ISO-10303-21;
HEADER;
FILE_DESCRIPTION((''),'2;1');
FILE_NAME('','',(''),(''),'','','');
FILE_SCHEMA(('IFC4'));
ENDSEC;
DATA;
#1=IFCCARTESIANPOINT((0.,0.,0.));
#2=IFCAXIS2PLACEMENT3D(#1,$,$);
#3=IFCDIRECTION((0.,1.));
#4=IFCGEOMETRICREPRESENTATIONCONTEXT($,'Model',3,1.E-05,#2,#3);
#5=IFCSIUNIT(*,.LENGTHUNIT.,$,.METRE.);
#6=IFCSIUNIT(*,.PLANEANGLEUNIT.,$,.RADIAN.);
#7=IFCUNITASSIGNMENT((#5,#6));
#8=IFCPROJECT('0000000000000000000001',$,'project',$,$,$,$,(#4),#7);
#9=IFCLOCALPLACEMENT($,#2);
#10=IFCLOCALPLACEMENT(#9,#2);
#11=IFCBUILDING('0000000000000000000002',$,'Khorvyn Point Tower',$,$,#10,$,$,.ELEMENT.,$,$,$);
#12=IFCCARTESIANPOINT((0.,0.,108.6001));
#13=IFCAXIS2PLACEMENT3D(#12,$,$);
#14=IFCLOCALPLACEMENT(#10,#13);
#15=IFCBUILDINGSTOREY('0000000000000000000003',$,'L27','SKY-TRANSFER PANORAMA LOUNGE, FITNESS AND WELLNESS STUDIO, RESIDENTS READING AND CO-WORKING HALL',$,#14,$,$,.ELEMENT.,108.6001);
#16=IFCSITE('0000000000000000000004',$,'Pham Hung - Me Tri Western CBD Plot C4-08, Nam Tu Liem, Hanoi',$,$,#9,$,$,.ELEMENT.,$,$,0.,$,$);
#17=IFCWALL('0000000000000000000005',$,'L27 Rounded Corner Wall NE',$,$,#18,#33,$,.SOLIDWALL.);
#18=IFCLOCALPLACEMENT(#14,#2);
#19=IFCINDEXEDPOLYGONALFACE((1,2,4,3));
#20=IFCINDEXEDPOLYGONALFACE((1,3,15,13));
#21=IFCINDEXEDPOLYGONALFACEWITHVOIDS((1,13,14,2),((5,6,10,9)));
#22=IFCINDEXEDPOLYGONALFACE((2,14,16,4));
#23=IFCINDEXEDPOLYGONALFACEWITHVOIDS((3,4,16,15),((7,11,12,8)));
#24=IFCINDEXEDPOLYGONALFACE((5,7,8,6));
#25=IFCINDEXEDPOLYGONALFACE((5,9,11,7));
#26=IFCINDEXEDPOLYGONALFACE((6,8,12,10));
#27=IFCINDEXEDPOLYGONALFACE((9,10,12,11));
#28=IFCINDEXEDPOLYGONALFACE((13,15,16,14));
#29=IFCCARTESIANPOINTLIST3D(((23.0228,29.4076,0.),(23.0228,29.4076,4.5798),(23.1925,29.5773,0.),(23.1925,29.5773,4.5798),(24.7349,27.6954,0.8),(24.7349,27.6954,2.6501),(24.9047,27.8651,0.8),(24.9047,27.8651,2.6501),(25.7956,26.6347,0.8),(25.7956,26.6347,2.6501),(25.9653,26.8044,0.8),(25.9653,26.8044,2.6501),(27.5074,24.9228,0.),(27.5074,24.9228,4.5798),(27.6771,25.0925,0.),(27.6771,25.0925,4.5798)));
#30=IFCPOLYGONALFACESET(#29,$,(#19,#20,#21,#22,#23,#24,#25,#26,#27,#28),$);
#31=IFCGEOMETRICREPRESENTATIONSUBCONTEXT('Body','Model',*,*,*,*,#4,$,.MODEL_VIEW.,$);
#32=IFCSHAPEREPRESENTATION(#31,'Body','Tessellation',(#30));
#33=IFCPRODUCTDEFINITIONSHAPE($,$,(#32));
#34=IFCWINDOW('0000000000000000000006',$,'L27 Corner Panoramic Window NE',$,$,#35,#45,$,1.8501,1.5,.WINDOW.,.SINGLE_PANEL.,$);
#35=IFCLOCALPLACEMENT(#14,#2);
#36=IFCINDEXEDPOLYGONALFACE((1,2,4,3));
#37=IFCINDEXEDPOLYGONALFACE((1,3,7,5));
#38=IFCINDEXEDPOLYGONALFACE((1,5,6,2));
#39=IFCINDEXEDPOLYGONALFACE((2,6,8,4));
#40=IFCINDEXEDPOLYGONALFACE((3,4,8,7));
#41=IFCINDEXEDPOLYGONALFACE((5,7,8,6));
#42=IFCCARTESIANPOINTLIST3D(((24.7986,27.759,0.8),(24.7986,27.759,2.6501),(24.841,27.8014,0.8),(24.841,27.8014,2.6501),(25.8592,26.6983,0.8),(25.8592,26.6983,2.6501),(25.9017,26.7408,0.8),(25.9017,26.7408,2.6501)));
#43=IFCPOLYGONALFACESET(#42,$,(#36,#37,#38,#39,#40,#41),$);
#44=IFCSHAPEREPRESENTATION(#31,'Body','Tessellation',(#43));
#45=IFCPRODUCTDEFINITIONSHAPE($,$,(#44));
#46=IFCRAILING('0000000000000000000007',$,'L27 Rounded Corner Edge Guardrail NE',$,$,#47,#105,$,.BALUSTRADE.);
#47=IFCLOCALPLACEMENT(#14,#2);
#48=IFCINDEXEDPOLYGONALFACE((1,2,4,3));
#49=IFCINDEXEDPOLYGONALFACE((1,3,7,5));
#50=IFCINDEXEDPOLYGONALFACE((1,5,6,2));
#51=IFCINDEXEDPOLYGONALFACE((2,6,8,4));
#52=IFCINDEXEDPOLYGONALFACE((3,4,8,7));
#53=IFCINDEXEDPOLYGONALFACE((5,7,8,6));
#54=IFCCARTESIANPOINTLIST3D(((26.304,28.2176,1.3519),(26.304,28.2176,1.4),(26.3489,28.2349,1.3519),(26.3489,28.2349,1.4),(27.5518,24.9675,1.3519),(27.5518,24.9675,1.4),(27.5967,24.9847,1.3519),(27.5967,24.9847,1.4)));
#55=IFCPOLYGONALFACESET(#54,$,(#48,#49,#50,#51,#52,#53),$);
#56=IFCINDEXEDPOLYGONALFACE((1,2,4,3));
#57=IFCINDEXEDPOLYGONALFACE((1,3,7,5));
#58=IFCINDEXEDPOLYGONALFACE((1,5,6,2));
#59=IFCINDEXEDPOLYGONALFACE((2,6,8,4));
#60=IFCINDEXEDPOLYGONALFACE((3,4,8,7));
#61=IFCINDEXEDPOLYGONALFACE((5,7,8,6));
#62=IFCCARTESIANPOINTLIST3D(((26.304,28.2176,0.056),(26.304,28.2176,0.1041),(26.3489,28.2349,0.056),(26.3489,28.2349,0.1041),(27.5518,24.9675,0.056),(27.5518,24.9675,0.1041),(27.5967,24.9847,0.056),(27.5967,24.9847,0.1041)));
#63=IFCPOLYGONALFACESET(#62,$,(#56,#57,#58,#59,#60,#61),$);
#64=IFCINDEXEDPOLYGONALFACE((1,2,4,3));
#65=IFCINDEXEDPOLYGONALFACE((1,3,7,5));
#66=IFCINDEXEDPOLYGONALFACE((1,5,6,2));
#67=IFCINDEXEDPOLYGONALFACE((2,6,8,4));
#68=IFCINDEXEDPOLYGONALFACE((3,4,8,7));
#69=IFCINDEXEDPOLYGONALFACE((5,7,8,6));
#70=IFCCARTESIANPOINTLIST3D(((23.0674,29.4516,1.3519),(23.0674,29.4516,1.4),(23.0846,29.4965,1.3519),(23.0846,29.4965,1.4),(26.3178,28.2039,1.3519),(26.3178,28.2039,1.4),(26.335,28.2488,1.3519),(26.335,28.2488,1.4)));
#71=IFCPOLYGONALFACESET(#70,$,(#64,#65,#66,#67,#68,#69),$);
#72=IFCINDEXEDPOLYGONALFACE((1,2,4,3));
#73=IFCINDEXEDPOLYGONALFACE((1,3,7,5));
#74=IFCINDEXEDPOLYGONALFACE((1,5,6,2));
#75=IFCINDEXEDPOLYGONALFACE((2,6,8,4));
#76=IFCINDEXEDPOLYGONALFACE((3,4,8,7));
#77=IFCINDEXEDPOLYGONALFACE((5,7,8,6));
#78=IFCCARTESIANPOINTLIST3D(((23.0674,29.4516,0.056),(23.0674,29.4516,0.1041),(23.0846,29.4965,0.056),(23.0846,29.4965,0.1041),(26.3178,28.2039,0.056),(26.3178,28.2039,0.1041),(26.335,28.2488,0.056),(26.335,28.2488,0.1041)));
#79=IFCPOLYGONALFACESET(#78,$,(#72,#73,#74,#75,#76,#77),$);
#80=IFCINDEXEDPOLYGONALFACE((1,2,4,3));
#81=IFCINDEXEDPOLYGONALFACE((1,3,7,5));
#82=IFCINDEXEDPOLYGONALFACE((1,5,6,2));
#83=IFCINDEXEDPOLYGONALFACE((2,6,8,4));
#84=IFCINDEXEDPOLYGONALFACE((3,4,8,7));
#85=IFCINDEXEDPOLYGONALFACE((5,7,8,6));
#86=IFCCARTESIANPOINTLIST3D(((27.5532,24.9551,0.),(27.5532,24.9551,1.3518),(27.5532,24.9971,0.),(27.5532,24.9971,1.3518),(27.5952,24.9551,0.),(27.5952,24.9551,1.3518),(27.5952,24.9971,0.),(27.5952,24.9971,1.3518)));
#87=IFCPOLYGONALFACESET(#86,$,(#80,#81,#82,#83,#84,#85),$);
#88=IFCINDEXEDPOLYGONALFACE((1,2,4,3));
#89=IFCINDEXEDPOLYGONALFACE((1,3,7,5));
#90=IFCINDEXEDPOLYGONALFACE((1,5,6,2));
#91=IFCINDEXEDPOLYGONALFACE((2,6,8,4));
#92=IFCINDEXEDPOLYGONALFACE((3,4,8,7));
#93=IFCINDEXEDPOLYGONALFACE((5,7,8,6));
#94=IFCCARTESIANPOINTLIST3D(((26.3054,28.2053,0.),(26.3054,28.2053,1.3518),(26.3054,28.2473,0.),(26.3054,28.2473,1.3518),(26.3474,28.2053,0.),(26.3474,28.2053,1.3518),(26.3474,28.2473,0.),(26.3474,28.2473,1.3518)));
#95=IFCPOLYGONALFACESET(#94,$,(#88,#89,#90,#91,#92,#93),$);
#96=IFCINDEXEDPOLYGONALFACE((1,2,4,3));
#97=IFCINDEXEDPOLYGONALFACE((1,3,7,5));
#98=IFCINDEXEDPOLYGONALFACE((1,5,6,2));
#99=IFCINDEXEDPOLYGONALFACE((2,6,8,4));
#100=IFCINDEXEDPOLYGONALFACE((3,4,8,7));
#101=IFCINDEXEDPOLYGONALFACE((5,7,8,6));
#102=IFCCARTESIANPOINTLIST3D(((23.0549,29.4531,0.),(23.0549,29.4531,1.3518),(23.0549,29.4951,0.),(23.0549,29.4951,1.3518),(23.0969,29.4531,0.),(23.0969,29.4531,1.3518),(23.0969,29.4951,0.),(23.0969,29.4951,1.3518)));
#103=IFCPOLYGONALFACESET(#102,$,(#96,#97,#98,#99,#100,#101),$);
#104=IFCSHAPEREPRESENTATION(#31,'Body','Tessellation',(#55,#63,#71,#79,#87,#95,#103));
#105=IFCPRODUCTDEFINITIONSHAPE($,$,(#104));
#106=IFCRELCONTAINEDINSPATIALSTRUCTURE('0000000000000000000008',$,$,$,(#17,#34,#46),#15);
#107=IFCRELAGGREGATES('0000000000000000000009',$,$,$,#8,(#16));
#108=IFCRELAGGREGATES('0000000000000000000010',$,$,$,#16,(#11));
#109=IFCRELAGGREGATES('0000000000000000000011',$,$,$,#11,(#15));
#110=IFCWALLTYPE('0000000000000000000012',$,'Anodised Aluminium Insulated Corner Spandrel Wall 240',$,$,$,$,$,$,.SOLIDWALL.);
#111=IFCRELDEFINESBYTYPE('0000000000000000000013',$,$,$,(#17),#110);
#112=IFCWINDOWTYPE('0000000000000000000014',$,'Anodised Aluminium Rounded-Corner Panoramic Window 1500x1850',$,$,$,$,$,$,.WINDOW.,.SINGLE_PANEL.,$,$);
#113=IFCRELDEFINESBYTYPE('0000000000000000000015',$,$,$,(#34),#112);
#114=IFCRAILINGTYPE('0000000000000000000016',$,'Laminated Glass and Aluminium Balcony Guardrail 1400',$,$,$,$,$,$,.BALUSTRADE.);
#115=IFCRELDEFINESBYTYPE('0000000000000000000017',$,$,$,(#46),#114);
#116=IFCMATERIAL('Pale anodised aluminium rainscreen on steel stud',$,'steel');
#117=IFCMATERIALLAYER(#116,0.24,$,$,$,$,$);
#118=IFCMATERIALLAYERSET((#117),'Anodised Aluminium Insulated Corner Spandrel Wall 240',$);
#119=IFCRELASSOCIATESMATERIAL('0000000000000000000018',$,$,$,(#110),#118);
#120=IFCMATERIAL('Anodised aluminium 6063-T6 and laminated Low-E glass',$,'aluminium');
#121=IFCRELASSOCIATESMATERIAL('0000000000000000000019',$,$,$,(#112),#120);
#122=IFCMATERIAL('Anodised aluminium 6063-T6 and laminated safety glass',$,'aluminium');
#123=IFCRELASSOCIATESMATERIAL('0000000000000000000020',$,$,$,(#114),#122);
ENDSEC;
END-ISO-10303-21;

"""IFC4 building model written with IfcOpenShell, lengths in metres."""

from ifc_helpers import new_model, si_unit, direction, frame, frame_2d, origin, origin_2d, place, context, subcontext, project, spatial, rectangle, extrude, material, layer, layer_set, type_object, element, fill, save


model = new_model("IFC4")

# Units and contexts
model_context = context("Model", 3, precision=1e-05, world=origin(), true_north=direction((0.0, 1.0)))
body_context = subcontext(model_context, "Body", "Model", "MODEL_VIEW")
ifc_project = project(units=[si_unit("LENGTHUNIT", "METRE"), si_unit("PLANEANGLEUNIT", "RADIAN")], contexts=[model_context])

# Site, building, storey
site_placement = place(None, origin())
site = spatial("IfcSite", under=ifc_project, at=site_placement, Name="Pham Hung - Me Tri Western CBD Plot C4-08, Nam Tu Liem, Hanoi", CompositionType="ELEMENT", RefElevation=0.0)
building_placement = place(site_placement, origin())
building = spatial("IfcBuilding", under=site, at=building_placement, Name="Khorvyn Point Tower", CompositionType="ELEMENT")
storey_placement = place(building_placement, frame((0.0, 0.0, 108.6001)))
storey = spatial("IfcBuildingStorey", under=building, at=storey_placement, Name="L27", Description="SKY-TRANSFER PANORAMA LOUNGE, FITNESS AND WELLNESS STUDIO, RESIDENTS READING AND CO-WORKING HALL", CompositionType="ELEMENT", Elevation=108.6001)

# Shared definitions
ifc_material_1 = material(Name="Anodised aluminium 6063-T6 and laminated Low-E glass", Category="aluminium")

# Wall, opening, window
ifc_material_2 = material(Name="Pale anodised aluminium rainscreen on steel stud", Category="steel")
ifc_layer_1 = layer(ifc_material_2, 0.24)
ifc_layer_set_1 = layer_set([ifc_layer_1], Name="Anodised Aluminium Insulated Corner Spandrel Wall 240")
wall_type = type_object("IfcWallType", Name="Anodised Aluminium Insulated Corner Spandrel Wall 240", PredefinedType="SOLIDWALL", material=ifc_layer_set_1)
wall_placement = place(storey_placement, frame((23.1077, 29.4924, 0.0), z_axis=(0.0, 0.0, 1.0), x_axis=(0.707088, -0.707126, 0.0)))
wall = element("IfcWall", 1, at=wall_placement, inside=storey, type_object=wall_type, Name="L27 Rounded Corner Wall NE", PredefinedType="SOLIDWALL", context=body_context, shape_type="SweptSolid", body=[
    extrude(rectangle(XDim=6.3423, YDim=0.24, at=frame_2d((3.1711, 0.0))), origin(), (0.0, 0.0, 1.0), 4.5798),
])
opening_placement = place(wall_placement, frame((2.4214, 0.0, 0.8)))
opening = element("IfcOpeningElement", 2, at=opening_placement, cuts=wall, PredefinedType="OPENING", context=body_context, shape_type="SweptSolid", body=[
    extrude(rectangle(XDim=1.5, YDim=1.8501, at=frame_2d((0.75, 0.925))), frame((0.0, 0.1299, 0.0), z_axis=(0.0, -1.0, 0.0), x_axis=(1.0, 0.0, 0.0)), (0.0, 0.0, 1.0), 0.26),
])
window_type = type_object("IfcWindowType", Name="Anodised Aluminium Rounded-Corner Panoramic Window 1500x1850", PartitioningType="SINGLE_PANEL", PredefinedType="WINDOW", material=ifc_material_1)
window_placement = place(opening_placement, origin())
window = element("IfcWindow", 3, at=window_placement, inside=storey, type_object=window_type, Name="L27 Corner Panoramic Window NE", OverallHeight=1.8501, OverallWidth=1.5, PartitioningType="SINGLE_PANEL", PredefinedType="WINDOW", context=body_context, shape_type="SweptSolid", body=[
    extrude(rectangle(XDim=1.5, YDim=1.8501, at=frame_2d((0.75, 0.925))), frame((0.0, 0.03, 0.0), z_axis=(0.0, -1.0, 0.0), x_axis=(1.0, 0.0, 0.0)), (0.0, 0.0, 1.0), 0.0601),
])
fill(opening, window)

# Railing
ifc_material_3 = material(Name="Anodised aluminium 6063-T6 and laminated safety glass", Category="aluminium")
railing_type = type_object("IfcRailingType", Name="Laminated Glass and Aluminium Balcony Guardrail 1400", PredefinedType="BALUSTRADE", material=ifc_material_3)
railing_placement = place(storey_placement, frame((27.5742, 24.9761, 0.0)))
element("IfcRailing", 4, at=railing_placement, inside=storey, type_object=railing_type, Name="L27 Rounded Corner Edge Guardrail NE", PredefinedType="BALUSTRADE", context=body_context, shape_type="SweptSolid", body=[
    extrude(rectangle(XDim=0.0481, YDim=0.0481, at=origin_2d()), frame((0.0, 0.0, 1.376), z_axis=(-0.358406, 0.933566, 0.0), x_axis=(-0.933566, -0.358406, 0.0)), (0.0, 0.0, 1.0), 3.4814),
    extrude(rectangle(XDim=0.0481, YDim=0.0481, at=origin_2d()), frame((0.0, 0.0, 0.0801), z_axis=(-0.358406, 0.933566, 0.0), x_axis=(-0.933566, -0.358406, 0.0)), (0.0, 0.0, 1.0), 3.4814),
    extrude(rectangle(XDim=0.0481, YDim=0.0481, at=origin_2d()), frame((-1.2478, 3.2502, 1.376), z_axis=(-0.933575, 0.358382, 0.0), x_axis=(-0.358382, -0.933575, 0.0)), (0.0, 0.0, 1.0), 3.4817),
    extrude(rectangle(XDim=0.0481, YDim=0.0481, at=origin_2d()), frame((-1.2478, 3.2502, 0.0801), z_axis=(-0.933575, 0.358382, 0.0), x_axis=(-0.358382, -0.933575, 0.0)), (0.0, 0.0, 1.0), 3.4817),
    extrude(rectangle(XDim=0.042, YDim=0.042, at=origin_2d()), origin(), (0.0, 0.0, 1.0), 1.3518),
    extrude(rectangle(XDim=0.042, YDim=0.042, at=origin_2d()), frame((-1.2478, 3.2502, 0.0)), (0.0, 0.0, 1.0), 1.3518),
    extrude(rectangle(XDim=0.042, YDim=0.042, at=origin_2d()), frame((-4.4983, 4.498, 0.0)), (0.0, 0.0, 1.0), 1.3518),
])

save(model, "model.ifc")
